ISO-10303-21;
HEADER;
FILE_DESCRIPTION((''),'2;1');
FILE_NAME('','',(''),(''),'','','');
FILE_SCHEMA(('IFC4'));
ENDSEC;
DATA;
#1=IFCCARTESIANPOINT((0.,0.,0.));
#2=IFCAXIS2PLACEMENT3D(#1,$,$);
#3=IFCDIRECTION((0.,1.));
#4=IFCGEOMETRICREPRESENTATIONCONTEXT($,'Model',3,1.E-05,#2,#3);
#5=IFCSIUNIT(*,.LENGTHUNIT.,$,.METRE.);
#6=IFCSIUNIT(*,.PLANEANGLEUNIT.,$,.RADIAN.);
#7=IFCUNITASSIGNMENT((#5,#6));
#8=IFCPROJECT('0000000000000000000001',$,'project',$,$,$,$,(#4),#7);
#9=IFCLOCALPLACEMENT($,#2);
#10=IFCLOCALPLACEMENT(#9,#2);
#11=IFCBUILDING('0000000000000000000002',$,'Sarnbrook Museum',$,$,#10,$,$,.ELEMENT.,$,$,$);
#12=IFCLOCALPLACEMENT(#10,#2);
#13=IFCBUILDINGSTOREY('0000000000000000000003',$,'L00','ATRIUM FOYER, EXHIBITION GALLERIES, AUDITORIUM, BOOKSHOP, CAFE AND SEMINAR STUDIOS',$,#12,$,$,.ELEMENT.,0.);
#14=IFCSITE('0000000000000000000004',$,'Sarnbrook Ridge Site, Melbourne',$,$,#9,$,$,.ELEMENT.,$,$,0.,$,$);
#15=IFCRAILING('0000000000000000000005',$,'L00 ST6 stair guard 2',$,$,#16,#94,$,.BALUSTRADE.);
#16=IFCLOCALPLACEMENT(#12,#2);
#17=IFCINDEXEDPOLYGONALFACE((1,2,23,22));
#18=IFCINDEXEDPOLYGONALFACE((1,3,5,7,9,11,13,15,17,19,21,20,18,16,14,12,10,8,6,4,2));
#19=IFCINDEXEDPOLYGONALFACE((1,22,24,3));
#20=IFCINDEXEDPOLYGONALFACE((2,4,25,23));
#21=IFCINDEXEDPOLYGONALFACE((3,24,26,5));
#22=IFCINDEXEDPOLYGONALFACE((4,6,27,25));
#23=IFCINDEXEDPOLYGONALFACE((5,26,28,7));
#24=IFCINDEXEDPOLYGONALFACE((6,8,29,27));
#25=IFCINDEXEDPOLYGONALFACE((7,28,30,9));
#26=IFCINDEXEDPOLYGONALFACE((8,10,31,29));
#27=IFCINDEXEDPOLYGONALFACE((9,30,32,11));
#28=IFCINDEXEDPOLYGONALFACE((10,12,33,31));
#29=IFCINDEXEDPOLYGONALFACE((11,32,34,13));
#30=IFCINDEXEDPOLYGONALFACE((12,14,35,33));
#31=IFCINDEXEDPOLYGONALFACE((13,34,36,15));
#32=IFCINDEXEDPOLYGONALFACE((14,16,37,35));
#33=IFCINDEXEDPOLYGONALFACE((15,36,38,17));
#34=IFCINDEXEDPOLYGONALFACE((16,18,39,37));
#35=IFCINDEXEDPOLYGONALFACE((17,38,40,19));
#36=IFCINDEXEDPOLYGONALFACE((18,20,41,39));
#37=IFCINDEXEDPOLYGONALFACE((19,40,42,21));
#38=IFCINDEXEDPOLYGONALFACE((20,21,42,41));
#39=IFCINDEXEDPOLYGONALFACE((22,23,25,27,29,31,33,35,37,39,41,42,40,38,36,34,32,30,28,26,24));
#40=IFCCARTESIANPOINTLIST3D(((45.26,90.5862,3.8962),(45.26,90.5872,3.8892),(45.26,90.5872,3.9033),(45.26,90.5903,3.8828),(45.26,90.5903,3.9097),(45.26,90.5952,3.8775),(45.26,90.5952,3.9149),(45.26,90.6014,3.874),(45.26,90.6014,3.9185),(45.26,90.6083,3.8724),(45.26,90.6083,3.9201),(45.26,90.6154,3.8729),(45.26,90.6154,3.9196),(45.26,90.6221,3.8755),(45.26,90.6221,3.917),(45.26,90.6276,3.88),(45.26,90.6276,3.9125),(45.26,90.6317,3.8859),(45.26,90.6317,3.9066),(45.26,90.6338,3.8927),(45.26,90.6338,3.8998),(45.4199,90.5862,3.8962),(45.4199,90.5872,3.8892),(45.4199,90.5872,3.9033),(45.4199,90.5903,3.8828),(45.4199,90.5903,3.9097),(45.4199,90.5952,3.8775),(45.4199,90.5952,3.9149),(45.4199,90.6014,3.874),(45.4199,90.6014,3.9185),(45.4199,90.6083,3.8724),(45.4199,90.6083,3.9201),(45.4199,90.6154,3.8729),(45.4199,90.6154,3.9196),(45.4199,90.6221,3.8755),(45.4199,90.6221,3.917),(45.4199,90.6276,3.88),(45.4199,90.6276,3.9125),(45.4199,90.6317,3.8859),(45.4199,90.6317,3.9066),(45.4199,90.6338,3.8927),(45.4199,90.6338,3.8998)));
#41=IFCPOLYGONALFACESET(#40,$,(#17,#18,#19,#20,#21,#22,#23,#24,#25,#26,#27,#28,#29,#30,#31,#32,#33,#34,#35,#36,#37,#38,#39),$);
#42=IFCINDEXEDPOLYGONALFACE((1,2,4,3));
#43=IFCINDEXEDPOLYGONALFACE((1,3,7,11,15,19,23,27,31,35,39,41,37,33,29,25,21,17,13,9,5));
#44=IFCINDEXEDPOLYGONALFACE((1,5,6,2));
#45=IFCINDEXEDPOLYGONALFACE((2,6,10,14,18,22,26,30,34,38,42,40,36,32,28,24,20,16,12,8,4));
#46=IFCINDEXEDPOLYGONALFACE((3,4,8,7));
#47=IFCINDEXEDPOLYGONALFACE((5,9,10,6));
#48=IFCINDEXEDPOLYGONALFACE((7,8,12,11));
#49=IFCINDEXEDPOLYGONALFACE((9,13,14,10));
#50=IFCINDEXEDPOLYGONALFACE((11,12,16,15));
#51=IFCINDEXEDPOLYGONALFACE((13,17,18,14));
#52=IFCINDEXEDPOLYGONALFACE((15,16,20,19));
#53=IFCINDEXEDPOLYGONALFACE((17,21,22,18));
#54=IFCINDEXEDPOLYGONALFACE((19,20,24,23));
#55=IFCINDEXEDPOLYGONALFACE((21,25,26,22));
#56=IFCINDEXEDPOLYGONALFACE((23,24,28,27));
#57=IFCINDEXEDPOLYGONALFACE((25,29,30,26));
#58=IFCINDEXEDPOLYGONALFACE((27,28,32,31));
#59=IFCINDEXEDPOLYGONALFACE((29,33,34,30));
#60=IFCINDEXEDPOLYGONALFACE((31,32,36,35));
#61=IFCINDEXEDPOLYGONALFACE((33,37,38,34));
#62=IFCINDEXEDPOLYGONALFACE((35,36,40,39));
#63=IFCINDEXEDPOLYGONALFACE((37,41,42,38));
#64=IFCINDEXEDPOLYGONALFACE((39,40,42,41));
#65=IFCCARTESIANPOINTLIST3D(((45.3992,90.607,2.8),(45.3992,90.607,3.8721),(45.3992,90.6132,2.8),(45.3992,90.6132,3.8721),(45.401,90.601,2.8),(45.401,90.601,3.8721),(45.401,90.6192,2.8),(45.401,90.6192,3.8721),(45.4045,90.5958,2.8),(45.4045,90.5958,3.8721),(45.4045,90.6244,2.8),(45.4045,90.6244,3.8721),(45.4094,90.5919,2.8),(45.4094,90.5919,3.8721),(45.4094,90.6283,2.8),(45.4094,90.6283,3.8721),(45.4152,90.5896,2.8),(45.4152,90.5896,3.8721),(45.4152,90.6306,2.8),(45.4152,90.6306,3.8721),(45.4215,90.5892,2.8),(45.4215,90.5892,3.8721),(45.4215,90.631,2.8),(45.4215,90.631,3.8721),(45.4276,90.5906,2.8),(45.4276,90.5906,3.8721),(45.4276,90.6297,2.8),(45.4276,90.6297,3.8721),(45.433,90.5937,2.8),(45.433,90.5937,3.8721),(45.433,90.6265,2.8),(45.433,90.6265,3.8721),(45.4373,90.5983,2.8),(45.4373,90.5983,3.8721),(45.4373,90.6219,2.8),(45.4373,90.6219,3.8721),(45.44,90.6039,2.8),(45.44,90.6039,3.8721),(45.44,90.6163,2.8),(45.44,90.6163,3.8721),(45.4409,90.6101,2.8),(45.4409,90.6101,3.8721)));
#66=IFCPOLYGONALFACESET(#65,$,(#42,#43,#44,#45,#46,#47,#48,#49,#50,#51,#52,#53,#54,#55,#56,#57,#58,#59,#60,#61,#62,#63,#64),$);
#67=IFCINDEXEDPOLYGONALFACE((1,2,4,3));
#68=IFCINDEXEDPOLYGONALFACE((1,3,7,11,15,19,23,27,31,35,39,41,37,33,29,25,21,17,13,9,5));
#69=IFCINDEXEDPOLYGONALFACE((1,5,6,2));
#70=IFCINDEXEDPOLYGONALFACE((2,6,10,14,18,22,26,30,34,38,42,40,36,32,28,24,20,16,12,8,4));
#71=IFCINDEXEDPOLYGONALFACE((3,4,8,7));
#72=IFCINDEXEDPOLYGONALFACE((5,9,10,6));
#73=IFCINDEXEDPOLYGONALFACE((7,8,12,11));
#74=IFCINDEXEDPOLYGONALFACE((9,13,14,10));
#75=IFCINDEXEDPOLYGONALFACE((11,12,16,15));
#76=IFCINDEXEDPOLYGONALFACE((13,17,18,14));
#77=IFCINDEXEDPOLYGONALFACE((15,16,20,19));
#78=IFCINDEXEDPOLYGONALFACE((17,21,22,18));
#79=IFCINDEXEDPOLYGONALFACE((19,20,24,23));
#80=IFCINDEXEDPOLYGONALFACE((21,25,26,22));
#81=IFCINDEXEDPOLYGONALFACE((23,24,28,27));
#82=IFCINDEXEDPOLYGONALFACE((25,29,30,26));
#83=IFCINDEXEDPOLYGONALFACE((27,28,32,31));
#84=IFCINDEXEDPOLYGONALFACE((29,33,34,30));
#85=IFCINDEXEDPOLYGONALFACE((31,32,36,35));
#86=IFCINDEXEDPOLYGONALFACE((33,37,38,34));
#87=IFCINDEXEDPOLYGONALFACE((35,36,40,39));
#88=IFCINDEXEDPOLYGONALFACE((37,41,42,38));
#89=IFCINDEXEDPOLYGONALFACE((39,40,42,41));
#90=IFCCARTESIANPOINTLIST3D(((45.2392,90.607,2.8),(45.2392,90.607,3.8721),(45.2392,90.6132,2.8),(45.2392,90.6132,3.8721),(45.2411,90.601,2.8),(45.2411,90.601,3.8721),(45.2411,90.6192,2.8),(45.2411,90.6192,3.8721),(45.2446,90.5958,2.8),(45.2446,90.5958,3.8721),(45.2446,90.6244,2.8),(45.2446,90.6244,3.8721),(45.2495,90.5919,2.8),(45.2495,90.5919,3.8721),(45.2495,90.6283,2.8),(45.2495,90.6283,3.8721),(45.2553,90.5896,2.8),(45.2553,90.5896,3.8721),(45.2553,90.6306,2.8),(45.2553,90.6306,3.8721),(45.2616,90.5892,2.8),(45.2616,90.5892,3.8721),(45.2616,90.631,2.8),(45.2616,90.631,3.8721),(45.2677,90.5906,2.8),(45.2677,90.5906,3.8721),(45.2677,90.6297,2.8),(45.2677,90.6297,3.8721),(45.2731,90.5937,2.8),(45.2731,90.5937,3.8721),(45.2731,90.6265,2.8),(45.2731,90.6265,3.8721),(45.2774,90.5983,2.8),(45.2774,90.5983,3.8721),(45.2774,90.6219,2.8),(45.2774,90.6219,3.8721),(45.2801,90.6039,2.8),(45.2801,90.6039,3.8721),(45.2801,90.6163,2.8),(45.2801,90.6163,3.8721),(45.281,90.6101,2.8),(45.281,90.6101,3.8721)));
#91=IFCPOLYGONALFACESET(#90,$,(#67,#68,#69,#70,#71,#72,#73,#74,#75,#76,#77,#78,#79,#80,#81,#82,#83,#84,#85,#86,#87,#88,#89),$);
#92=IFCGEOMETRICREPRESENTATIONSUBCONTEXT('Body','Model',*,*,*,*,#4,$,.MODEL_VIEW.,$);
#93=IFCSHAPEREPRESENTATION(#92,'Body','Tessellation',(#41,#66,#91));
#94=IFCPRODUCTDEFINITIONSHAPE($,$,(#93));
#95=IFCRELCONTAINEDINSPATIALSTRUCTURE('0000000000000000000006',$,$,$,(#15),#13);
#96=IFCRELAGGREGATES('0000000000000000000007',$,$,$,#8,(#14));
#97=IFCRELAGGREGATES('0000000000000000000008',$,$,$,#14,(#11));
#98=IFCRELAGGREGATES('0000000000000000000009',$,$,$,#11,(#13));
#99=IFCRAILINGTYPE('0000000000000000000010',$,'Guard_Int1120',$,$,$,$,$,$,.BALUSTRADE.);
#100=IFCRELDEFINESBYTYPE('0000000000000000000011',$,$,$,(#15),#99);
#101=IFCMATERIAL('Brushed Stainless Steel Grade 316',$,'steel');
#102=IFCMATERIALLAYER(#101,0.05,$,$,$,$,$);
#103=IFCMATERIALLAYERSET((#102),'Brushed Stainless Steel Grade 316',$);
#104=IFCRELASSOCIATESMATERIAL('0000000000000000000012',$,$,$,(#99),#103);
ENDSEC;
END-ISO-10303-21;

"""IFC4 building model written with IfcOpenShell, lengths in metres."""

from ifc_helpers import new_model, si_unit, direction, frame, origin, origin_2d, place, context, subcontext, project, spatial, circle, extrude, material, layer, layer_set, type_object, element, save


model = new_model("IFC4")

# Units and contexts
model_context = context("Model", 3, precision=1e-05, world=origin(), true_north=direction((0.0, 1.0)))
body_context = subcontext(model_context, "Body", "Model", "MODEL_VIEW")
ifc_project = project(units=[si_unit("LENGTHUNIT", "METRE"), si_unit("PLANEANGLEUNIT", "RADIAN")], contexts=[model_context])

# Site, building, storey
site_placement = place(None, origin())
site = spatial("IfcSite", under=ifc_project, at=site_placement, Name="Sarnbrook Ridge Site, Melbourne", CompositionType="ELEMENT", RefElevation=0.0)
building_placement = place(site_placement, origin())
building = spatial("IfcBuilding", under=site, at=building_placement, Name="Sarnbrook Museum", CompositionType="ELEMENT")
storey_placement = place(building_placement, origin())
storey = spatial("IfcBuildingStorey", under=building, at=storey_placement, Name="L00", Description="ATRIUM FOYER, EXHIBITION GALLERIES, AUDITORIUM, BOOKSHOP, CAFE AND SEMINAR STUDIOS", CompositionType="ELEMENT", Elevation=0.0)

# Shared definitions
ifc_material_1 = material(Name="Brushed Stainless Steel Grade 316", Category="steel")

# Railing
ifc_layer_1 = layer(ifc_material_1, 0.05)
ifc_layer_set_1 = layer_set([ifc_layer_1], Name="Brushed Stainless Steel Grade 316")
railing_type_1 = type_object("IfcRailingType", Name="Guard_Int1120", PredefinedType="BALUSTRADE", material=ifc_layer_set_1)
railing_1_placement = place(storey_placement, frame((45.4199, 90.6101, 2.8)))
element("IfcRailing", 1, at=railing_1_placement, inside=storey, type_object=railing_type_1, Name="L00 ST6 stair guard 2", PredefinedType="BALUSTRADE", context=body_context, shape_type="SweptSolid", body=[
    extrude(circle(Radius=0.0239, at=origin_2d()), frame((0.0, 0.0, 1.0962), z_axis=(-1.0, 0.0, 0.0), x_axis=(0.0, -1.0, 0.0)), (0.0, 0.0, 1.0), 0.1599),
    extrude(circle(Radius=0.021, at=origin_2d()), origin(), (0.0, 0.0, 1.0), 1.072),
    extrude(circle(Radius=0.021, at=origin_2d()), frame((-0.1599, 0.0, 0.0)), (0.0, 0.0, 1.0), 1.072),
])

save(model, "model.ifc")
